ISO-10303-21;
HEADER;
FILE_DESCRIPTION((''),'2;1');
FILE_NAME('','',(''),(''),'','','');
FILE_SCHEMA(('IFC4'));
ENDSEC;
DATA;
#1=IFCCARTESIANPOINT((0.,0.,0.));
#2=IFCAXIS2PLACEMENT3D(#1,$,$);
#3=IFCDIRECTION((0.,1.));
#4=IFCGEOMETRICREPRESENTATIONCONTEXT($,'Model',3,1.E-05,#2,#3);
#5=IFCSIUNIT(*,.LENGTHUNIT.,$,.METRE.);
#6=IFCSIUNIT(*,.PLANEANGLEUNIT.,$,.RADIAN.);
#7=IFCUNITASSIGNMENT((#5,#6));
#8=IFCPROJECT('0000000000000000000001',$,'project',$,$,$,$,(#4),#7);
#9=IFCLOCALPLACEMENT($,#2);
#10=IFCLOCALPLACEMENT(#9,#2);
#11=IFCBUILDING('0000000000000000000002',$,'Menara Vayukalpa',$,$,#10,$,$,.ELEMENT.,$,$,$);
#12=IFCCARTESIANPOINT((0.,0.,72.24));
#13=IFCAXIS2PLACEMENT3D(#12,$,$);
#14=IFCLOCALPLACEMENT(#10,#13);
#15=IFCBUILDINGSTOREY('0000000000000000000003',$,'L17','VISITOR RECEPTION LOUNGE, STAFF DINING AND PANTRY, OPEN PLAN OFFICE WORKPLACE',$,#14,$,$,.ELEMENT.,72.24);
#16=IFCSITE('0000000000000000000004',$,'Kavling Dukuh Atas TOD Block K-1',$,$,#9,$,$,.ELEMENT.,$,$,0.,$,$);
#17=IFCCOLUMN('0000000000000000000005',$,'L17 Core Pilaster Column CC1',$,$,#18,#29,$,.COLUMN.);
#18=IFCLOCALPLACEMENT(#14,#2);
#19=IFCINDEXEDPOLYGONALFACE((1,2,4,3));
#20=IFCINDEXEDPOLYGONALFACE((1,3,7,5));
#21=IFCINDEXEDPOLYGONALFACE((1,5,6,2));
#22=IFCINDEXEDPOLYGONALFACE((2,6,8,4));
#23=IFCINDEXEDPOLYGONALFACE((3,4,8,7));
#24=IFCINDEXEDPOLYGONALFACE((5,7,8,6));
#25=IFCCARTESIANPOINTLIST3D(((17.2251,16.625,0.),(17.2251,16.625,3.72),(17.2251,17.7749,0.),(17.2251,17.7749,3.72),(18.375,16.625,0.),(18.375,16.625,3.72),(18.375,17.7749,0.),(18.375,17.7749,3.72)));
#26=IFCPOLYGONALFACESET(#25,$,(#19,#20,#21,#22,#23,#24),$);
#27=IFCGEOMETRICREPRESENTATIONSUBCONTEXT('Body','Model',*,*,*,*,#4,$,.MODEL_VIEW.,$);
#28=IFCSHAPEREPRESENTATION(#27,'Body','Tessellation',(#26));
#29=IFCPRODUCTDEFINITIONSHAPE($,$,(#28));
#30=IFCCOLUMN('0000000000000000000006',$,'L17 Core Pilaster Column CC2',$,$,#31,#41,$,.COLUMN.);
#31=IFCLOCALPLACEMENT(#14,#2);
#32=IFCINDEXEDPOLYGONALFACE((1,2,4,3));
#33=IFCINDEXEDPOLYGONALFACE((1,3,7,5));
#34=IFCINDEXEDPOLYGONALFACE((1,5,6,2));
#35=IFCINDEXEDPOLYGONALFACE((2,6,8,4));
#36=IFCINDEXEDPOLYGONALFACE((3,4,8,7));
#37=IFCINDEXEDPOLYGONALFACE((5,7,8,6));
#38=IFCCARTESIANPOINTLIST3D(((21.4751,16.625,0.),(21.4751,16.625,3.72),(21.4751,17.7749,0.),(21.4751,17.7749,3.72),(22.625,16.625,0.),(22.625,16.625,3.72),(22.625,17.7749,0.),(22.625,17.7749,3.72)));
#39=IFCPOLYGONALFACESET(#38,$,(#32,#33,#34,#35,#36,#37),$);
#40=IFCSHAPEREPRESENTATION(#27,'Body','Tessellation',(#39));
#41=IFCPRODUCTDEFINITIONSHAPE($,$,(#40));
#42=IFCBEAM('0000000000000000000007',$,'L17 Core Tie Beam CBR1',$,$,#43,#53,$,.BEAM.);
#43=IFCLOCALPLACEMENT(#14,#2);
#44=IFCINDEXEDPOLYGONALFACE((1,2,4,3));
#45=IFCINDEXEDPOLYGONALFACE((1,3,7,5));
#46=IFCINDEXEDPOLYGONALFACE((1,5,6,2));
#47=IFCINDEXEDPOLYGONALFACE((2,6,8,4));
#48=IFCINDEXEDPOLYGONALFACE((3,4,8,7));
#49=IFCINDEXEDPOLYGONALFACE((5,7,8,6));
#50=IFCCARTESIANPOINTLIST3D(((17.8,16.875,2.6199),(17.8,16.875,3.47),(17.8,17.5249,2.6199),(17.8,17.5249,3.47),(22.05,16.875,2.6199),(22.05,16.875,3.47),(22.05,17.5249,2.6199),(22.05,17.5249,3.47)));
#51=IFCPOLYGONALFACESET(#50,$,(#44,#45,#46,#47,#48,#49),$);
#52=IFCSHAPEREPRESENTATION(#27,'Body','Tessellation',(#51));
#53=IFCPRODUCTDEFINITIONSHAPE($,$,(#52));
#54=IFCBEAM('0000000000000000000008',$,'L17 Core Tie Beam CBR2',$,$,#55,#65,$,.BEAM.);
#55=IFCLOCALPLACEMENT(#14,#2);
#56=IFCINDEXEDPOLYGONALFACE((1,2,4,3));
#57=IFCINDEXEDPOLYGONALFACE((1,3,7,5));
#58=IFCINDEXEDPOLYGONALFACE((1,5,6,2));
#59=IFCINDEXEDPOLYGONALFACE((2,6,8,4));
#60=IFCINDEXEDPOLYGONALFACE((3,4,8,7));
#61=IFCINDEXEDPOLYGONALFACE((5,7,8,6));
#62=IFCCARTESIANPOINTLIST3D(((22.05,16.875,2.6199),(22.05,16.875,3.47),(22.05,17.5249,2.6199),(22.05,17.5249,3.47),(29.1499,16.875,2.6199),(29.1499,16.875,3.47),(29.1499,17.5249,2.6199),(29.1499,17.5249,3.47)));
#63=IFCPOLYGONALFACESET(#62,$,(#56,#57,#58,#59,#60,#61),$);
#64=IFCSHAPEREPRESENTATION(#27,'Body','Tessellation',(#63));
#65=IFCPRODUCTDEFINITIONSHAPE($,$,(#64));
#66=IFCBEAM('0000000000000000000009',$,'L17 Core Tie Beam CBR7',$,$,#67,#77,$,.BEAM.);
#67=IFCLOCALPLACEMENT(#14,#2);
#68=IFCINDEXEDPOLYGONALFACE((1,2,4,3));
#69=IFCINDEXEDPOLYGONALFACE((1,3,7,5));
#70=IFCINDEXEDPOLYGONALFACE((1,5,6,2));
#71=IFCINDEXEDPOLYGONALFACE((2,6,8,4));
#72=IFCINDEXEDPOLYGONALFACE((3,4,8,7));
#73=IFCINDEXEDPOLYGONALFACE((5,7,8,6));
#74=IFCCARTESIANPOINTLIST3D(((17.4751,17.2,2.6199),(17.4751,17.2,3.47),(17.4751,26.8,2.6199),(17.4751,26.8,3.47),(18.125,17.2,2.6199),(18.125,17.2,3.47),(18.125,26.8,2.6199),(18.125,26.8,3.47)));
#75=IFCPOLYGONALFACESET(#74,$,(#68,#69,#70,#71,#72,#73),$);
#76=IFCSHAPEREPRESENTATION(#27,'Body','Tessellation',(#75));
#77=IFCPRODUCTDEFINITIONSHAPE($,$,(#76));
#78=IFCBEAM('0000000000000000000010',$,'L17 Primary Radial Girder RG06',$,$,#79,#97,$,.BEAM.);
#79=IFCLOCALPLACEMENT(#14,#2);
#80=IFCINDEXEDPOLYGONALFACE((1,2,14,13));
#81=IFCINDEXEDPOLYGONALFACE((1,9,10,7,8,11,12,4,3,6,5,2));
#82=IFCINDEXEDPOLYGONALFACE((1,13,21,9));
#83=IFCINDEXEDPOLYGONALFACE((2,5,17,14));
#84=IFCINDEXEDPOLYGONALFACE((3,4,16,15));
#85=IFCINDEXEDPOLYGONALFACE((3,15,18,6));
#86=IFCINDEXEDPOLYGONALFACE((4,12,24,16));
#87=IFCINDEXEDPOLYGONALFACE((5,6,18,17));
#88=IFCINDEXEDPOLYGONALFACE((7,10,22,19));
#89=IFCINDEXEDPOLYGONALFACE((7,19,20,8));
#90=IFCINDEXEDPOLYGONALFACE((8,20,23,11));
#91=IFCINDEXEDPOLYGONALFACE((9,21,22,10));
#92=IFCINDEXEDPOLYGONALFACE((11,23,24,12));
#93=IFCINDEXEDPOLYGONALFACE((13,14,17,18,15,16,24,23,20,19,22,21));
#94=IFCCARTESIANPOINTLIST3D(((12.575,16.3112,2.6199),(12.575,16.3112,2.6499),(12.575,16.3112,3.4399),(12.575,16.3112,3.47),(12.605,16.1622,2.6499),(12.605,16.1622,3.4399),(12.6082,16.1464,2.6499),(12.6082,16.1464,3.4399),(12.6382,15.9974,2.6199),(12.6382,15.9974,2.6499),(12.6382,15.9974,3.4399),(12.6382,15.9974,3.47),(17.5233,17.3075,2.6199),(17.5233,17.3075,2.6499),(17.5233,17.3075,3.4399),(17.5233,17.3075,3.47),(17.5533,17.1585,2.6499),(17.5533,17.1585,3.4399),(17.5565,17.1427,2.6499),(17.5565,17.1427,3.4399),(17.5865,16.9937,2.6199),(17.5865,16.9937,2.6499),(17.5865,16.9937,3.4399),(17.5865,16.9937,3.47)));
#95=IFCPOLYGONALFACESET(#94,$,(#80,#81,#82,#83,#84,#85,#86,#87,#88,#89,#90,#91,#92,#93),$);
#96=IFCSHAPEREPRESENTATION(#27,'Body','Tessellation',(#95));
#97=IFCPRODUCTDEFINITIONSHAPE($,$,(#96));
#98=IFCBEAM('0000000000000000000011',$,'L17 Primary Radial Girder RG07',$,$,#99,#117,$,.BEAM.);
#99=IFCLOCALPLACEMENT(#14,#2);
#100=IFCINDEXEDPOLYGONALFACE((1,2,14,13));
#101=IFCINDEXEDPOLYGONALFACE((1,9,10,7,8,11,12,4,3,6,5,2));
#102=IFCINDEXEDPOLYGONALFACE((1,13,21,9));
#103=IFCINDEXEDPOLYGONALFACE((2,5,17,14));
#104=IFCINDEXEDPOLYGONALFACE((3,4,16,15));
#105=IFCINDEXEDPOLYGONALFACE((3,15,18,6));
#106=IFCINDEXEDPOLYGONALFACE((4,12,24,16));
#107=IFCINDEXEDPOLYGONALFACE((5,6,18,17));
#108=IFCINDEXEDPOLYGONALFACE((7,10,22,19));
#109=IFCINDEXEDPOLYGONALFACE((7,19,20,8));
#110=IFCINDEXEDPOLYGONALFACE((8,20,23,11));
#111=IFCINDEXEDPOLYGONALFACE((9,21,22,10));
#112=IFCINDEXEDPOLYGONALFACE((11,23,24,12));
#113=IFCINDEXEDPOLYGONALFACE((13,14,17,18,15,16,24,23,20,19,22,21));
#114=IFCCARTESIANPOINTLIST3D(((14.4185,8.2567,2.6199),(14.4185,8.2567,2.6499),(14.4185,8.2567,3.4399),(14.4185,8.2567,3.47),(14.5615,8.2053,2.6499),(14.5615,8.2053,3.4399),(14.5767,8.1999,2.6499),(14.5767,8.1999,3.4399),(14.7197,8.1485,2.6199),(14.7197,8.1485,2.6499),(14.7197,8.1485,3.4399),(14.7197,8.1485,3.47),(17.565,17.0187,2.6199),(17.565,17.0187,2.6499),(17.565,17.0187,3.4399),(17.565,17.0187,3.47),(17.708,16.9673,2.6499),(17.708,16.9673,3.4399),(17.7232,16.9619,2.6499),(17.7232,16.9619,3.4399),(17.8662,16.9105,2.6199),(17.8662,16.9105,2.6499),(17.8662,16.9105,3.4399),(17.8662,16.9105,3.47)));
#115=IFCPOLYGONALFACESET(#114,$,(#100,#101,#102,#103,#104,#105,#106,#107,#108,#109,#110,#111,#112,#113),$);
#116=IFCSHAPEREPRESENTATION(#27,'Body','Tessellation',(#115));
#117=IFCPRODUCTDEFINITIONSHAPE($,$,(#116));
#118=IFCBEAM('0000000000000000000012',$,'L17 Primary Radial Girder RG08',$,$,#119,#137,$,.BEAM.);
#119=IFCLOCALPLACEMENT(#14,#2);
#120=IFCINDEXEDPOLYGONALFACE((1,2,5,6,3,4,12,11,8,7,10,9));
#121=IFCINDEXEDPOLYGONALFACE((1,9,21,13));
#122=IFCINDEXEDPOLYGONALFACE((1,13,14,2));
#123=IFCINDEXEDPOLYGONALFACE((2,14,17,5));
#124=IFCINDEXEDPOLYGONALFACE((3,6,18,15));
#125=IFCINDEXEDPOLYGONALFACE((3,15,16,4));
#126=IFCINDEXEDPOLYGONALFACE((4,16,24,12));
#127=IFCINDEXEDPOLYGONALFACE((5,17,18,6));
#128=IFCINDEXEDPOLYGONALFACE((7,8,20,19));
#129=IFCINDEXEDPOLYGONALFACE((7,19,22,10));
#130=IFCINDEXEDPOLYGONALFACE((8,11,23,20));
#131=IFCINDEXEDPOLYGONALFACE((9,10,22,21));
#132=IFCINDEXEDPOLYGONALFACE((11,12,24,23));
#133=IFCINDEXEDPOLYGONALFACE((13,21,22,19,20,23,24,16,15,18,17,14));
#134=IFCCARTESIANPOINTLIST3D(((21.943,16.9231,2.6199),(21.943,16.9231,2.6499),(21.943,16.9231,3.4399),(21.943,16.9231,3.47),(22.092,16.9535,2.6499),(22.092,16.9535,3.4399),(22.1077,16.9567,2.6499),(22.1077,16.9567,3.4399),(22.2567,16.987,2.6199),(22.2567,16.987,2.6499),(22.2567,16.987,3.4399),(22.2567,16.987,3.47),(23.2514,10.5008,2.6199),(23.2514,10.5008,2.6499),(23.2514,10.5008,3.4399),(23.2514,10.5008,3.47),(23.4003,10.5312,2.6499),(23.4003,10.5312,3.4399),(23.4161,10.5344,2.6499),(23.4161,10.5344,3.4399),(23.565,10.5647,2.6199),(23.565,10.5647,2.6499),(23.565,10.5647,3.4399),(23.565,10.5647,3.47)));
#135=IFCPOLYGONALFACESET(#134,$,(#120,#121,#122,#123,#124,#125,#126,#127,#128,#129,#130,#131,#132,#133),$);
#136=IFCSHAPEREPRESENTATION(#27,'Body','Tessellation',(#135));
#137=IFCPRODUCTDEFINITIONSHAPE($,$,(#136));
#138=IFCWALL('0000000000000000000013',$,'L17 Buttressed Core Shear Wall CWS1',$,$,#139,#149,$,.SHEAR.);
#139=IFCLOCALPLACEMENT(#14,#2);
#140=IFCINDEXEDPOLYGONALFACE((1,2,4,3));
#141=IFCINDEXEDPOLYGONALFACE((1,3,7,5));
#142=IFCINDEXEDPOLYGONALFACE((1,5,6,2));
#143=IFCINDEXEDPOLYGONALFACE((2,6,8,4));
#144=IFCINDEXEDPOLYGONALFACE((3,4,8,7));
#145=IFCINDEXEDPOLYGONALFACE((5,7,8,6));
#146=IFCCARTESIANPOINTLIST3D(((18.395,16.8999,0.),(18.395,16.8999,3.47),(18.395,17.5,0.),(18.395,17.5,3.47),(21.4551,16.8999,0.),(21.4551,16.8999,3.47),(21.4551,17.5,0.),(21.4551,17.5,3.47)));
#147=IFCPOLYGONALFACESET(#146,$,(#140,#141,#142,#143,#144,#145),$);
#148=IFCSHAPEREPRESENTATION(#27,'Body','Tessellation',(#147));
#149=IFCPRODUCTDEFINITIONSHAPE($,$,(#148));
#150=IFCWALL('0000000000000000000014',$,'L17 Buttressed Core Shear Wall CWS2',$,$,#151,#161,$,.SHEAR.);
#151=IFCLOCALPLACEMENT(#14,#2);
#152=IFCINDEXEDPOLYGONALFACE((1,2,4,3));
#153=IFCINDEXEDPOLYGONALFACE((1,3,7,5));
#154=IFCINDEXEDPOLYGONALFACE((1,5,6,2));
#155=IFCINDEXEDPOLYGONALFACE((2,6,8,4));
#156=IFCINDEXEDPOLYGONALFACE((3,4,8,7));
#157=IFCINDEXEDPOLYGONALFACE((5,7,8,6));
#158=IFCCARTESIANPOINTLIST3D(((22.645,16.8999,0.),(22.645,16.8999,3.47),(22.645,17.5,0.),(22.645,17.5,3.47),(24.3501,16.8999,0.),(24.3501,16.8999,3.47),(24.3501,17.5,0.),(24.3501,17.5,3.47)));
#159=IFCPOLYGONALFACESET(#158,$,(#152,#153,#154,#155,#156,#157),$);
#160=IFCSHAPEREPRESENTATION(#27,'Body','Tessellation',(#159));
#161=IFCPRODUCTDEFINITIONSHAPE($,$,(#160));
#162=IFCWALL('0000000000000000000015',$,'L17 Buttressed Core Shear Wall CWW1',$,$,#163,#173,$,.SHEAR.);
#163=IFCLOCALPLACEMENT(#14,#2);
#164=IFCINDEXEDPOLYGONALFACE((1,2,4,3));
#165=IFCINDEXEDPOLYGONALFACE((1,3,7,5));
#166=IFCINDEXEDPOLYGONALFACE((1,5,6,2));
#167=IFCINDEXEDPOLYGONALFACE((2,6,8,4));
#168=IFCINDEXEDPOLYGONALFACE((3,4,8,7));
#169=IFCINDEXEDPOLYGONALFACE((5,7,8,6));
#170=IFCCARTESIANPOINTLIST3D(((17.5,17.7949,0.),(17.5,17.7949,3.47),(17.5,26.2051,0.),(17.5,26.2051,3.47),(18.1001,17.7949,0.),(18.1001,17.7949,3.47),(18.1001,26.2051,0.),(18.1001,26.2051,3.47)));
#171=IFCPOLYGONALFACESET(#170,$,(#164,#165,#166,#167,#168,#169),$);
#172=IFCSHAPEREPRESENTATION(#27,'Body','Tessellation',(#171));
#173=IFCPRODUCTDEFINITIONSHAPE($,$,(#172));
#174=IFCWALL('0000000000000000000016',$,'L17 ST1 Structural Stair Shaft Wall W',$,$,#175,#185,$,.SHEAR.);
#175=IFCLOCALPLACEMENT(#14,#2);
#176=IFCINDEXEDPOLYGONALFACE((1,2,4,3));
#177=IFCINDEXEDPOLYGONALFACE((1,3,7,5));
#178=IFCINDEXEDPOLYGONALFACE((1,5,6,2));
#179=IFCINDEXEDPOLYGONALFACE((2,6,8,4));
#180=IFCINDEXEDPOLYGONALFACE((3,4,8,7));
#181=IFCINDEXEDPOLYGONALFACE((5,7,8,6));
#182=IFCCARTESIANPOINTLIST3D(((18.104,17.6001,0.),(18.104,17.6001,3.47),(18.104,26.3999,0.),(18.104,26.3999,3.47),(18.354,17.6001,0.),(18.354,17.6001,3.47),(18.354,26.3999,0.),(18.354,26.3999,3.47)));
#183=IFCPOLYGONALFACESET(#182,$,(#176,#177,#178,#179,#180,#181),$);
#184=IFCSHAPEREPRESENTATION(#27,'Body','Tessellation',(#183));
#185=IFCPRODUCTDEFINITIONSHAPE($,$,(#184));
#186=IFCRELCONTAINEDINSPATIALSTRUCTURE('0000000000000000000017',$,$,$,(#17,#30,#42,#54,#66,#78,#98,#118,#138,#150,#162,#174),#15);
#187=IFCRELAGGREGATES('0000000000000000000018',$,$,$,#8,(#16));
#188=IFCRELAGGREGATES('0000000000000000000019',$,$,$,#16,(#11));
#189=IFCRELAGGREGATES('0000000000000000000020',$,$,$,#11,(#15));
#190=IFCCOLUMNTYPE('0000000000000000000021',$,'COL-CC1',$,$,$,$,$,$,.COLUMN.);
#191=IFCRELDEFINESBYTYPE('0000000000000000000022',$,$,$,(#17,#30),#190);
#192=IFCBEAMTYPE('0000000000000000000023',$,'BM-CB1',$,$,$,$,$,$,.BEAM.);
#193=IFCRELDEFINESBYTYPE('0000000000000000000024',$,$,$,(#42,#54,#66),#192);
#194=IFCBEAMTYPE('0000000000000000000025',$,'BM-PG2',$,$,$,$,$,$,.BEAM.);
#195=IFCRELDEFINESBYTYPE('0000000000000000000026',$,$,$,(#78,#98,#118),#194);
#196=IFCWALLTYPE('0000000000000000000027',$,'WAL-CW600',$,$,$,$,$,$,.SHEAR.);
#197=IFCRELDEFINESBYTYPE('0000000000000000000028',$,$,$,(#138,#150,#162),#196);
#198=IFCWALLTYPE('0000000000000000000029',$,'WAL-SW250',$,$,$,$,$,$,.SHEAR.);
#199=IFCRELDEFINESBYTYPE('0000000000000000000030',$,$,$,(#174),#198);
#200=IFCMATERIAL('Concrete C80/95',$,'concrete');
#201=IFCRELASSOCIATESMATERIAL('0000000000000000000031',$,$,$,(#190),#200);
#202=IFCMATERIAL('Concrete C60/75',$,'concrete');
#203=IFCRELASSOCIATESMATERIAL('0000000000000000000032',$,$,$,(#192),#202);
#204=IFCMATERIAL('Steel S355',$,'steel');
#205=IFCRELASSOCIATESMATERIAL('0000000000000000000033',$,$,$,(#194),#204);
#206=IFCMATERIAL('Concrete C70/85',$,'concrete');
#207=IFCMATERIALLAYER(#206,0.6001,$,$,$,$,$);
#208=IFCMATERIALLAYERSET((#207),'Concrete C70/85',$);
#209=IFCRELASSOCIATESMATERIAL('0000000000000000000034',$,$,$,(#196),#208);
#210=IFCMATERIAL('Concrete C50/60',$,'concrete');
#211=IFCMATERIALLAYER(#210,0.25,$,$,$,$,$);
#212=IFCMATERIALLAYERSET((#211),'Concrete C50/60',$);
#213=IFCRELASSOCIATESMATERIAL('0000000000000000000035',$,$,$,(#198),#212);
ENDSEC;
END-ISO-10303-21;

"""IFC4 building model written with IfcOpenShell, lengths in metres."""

from ifc_helpers import new_model, si_unit, direction, frame, frame_2d, origin, origin_2d, place, context, subcontext, project, spatial, rectangle, i_section, extrude, material, layer, layer_set, material_profile, profile_set, type_object, element, save


model = new_model("IFC4")

# Units and contexts
model_context = context("Model", 3, precision=1e-05, world=origin(), true_north=direction((0.0, 1.0)))
body_context = subcontext(model_context, "Body", "Model", "MODEL_VIEW")
ifc_project = project(units=[si_unit("LENGTHUNIT", "METRE"), si_unit("PLANEANGLEUNIT", "RADIAN")], contexts=[model_context])

# Site, building, storey
site_placement = place(None, origin())
site = spatial("IfcSite", under=ifc_project, at=site_placement, Name="Kavling Dukuh Atas TOD Block K-1", CompositionType="ELEMENT", RefElevation=0.0)
building_placement = place(site_placement, origin())
building = spatial("IfcBuilding", under=site, at=building_placement, Name="Menara Vayukalpa", CompositionType="ELEMENT")
storey_placement = place(building_placement, frame((0.0, 0.0, 72.24)))
storey = spatial("IfcBuildingStorey", under=building, at=storey_placement, Name="L17", Description="VISITOR RECEPTION LOUNGE, STAFF DINING AND PANTRY, OPEN PLAN OFFICE WORKPLACE", CompositionType="ELEMENT", Elevation=72.24)

# Columns
ifc_material_1 = material(Name="Concrete C80/95", Category="concrete")
ifc_material_profile_1 = material_profile(ifc_material_1, rectangle(XDim=1.1499, YDim=1.1499, at=origin_2d()), Name="RC 1150x1150")
ifc_profile_set_1 = profile_set([ifc_material_profile_1], Name="Concrete C80/95")
column_type = type_object("IfcColumnType", Name="COL-CC1", PredefinedType="COLUMN", material=ifc_profile_set_1)
for number, where, z_axis, x_axis, name in (
    (1, (17.8, 17.2, 0.0), (0.0, 0.0, 1.0), (1.0, 0.0, 0.0), "L17 Core Pilaster Column CC1"),
    (2, (22.05, 17.2, 0.0), (0.0, 0.0, 1.0), (1.0, 0.0, 0.0), "L17 Core Pilaster Column CC2"),
):
    element("IfcColumn", number, at=place(storey_placement, frame(where, z_axis=z_axis, x_axis=x_axis)), inside=storey, type_object=column_type, Name=name, PredefinedType="COLUMN", context=body_context, shape_type="SweptSolid", body=[
        extrude(rectangle(XDim=1.1499, YDim=1.1499, at=origin_2d()), origin(), (0.0, 0.0, 1.0), 3.72),
    ])

# Beams
ifc_material_2 = material(Name="Concrete C60/75", Category="concrete")
ifc_material_profile_2 = material_profile(ifc_material_2, rectangle(XDim=0.6499, YDim=0.8501, at=origin_2d()), Name="RC 650x850")
ifc_profile_set_2 = profile_set([ifc_material_profile_2], Name="Concrete C60/75")
beam_type_1 = type_object("IfcBeamType", Name="BM-CB1", PredefinedType="BEAM", material=ifc_profile_set_2)
beam_1_placement = place(storey_placement, frame((17.8, 17.2, 3.0449), z_axis=(1.0, 0.0, 0.0), x_axis=(0.0, 1.0, 0.0)))
element("IfcBeam", 3, at=beam_1_placement, inside=storey, type_object=beam_type_1, Name="L17 Core Tie Beam CBR1", PredefinedType="BEAM", context=body_context, shape_type="SweptSolid", body=[
    extrude(rectangle(XDim=0.6499, YDim=0.8501, at=origin_2d()), origin(), (0.0, 0.0, 1.0), 4.25),
])
beam_2_placement = place(storey_placement, frame((22.05, 17.2, 3.0449), z_axis=(1.0, 0.0, 0.0), x_axis=(0.0, 1.0, 0.0)))
element("IfcBeam", 4, at=beam_2_placement, inside=storey, type_object=beam_type_1, Name="L17 Core Tie Beam CBR2", PredefinedType="BEAM", context=body_context, shape_type="SweptSolid", body=[
    extrude(rectangle(XDim=0.6499, YDim=0.8501, at=origin_2d()), origin(), (0.0, 0.0, 1.0), 7.0999),
])
beam_3_placement = place(storey_placement, frame((17.8, 17.2, 3.0449), z_axis=(0.0, 1.0, 0.0), x_axis=(-1.0, 0.0, 0.0)))
element("IfcBeam", 5, at=beam_3_placement, inside=storey, type_object=beam_type_1, Name="L17 Core Tie Beam CBR7", PredefinedType="BEAM", context=body_context, shape_type="SweptSolid", body=[
    extrude(rectangle(XDim=0.6499, YDim=0.8501, at=origin_2d()), origin(), (0.0, 0.0, 1.0), 9.6001),
])
ifc_material_3 = material(Name="Steel S355", Category="steel")
ifc_material_profile_3 = material_profile(ifc_material_3, i_section(OverallWidth=0.3201, OverallDepth=0.8501, WebThickness=0.0161, FlangeThickness=0.03, at=origin_2d()), Name="WF 850x320x16x30")
ifc_profile_set_3 = profile_set([ifc_material_profile_3], Name="Steel S355")
beam_type_2 = type_object("IfcBeamType", Name="BM-PG2", PredefinedType="BEAM", material=ifc_profile_set_3)
beam_4_placement = place(storey_placement, frame((17.5549, 17.1506, 3.0449), z_axis=(-0.980325, -0.19739, 0.0), x_axis=(0.19739, -0.980325, 0.0)))
element("IfcBeam", 6, at=beam_4_placement, inside=storey, type_object=beam_type_2, Name="L17 Primary Radial Girder RG06", PredefinedType="BEAM", context=body_context, shape_type="SweptSolid", body=[
    extrude(i_section(OverallWidth=0.3201, OverallDepth=0.8501, WebThickness=0.0161, FlangeThickness=0.03, at=origin_2d()), origin(), (0.0, 0.0, 1.0), 5.0476),
])
beam_5_placement = place(storey_placement, frame((17.7156, 16.9646, 3.0449), z_axis=(-0.337976, -0.941155, 0.0), x_axis=(0.941155, -0.337976, 0.0)))
element("IfcBeam", 7, at=beam_5_placement, inside=storey, type_object=beam_type_2, Name="L17 Primary Radial Girder RG07", PredefinedType="BEAM", context=body_context, shape_type="SweptSolid", body=[
    extrude(i_section(OverallWidth=0.3201, OverallDepth=0.8501, WebThickness=0.0161, FlangeThickness=0.03, at=origin_2d()), origin(), (0.0, 0.0, 1.0), 9.3098),
])
beam_6_placement = place(storey_placement, frame((22.0999, 16.9551, 3.0449), z_axis=(0.199618, -0.979874, 0.0), x_axis=(0.979874, 0.199618, 0.0)))
element("IfcBeam", 8, at=beam_6_placement, inside=storey, type_object=beam_type_2, Name="L17 Primary Radial Girder RG08", PredefinedType="BEAM", context=body_context, shape_type="SweptSolid", body=[
    extrude(i_section(OverallWidth=0.3201, OverallDepth=0.8501, WebThickness=0.0161, FlangeThickness=0.03, at=origin_2d()), origin(), (0.0, 0.0, 1.0), 6.5542),
])

# Walls
ifc_material_4 = material(Name="Concrete C70/85", Category="concrete")
ifc_layer_1 = layer(ifc_material_4, 0.6001)
ifc_layer_set_1 = layer_set([ifc_layer_1], Name="Concrete C70/85")
wall_type_1 = type_object("IfcWallType", Name="WAL-CW600", PredefinedType="SHEAR", material=ifc_layer_set_1)
wall_1_placement = place(storey_placement, frame((18.395, 17.2, 0.0), z_axis=(0.0, 0.0, 1.0), x_axis=(1.0, 0.0, 0.0)))
element("IfcWall", 9, at=wall_1_placement, inside=storey, type_object=wall_type_1, Name="L17 Buttressed Core Shear Wall CWS1", PredefinedType="SHEAR", context=body_context, shape_type="SweptSolid", body=[
    extrude(rectangle(XDim=3.0601, YDim=0.6001, at=frame_2d((1.53, 0.0))), origin(), (0.0, 0.0, 1.0), 3.47),
])
wall_2_placement = place(storey_placement, frame((22.645, 17.2, 0.0), z_axis=(0.0, 0.0, 1.0), x_axis=(1.0, 0.0, 0.0)))
element("IfcWall", 10, at=wall_2_placement, inside=storey, type_object=wall_type_1, Name="L17 Buttressed Core Shear Wall CWS2", PredefinedType="SHEAR", context=body_context, shape_type="SweptSolid", body=[
    extrude(rectangle(XDim=1.7051, YDim=0.6001, at=frame_2d((0.8525, 0.0))), origin(), (0.0, 0.0, 1.0), 3.47),
])
wall_3_placement = place(storey_placement, frame((17.8, 17.7949, 0.0), z_axis=(0.0, 0.0, 1.0), x_axis=(0.0, 1.0, 0.0)))
element("IfcWall", 11, at=wall_3_placement, inside=storey, type_object=wall_type_1, Name="L17 Buttressed Core Shear Wall CWW1", PredefinedType="SHEAR", context=body_context, shape_type="SweptSolid", body=[
    extrude(rectangle(XDim=8.4102, YDim=0.6001, at=frame_2d((4.2051, 0.0))), origin(), (0.0, 0.0, 1.0), 3.47),
])
ifc_material_5 = material(Name="Concrete C50/60", Category="concrete")
ifc_layer_2 = layer(ifc_material_5, 0.25)
ifc_layer_set_2 = layer_set([ifc_layer_2], Name="Concrete C50/60")
wall_type_2 = type_object("IfcWallType", Name="WAL-SW250", PredefinedType="SHEAR", material=ifc_layer_set_2)
wall_4_placement = place(storey_placement, frame((18.229, 17.6001, 0.0), z_axis=(0.0, 0.0, 1.0), x_axis=(0.0, 1.0, 0.0)))
element("IfcWall", 12, at=wall_4_placement, inside=storey, type_object=wall_type_2, Name="L17 ST1 Structural Stair Shaft Wall W", PredefinedType="SHEAR", context=body_context, shape_type="SweptSolid", body=[
    extrude(rectangle(XDim=8.7998, YDim=0.25, at=frame_2d((4.3999, 0.0))), origin(), (0.0, 0.0, 1.0), 3.47),
])

save(model, "model.ifc")
